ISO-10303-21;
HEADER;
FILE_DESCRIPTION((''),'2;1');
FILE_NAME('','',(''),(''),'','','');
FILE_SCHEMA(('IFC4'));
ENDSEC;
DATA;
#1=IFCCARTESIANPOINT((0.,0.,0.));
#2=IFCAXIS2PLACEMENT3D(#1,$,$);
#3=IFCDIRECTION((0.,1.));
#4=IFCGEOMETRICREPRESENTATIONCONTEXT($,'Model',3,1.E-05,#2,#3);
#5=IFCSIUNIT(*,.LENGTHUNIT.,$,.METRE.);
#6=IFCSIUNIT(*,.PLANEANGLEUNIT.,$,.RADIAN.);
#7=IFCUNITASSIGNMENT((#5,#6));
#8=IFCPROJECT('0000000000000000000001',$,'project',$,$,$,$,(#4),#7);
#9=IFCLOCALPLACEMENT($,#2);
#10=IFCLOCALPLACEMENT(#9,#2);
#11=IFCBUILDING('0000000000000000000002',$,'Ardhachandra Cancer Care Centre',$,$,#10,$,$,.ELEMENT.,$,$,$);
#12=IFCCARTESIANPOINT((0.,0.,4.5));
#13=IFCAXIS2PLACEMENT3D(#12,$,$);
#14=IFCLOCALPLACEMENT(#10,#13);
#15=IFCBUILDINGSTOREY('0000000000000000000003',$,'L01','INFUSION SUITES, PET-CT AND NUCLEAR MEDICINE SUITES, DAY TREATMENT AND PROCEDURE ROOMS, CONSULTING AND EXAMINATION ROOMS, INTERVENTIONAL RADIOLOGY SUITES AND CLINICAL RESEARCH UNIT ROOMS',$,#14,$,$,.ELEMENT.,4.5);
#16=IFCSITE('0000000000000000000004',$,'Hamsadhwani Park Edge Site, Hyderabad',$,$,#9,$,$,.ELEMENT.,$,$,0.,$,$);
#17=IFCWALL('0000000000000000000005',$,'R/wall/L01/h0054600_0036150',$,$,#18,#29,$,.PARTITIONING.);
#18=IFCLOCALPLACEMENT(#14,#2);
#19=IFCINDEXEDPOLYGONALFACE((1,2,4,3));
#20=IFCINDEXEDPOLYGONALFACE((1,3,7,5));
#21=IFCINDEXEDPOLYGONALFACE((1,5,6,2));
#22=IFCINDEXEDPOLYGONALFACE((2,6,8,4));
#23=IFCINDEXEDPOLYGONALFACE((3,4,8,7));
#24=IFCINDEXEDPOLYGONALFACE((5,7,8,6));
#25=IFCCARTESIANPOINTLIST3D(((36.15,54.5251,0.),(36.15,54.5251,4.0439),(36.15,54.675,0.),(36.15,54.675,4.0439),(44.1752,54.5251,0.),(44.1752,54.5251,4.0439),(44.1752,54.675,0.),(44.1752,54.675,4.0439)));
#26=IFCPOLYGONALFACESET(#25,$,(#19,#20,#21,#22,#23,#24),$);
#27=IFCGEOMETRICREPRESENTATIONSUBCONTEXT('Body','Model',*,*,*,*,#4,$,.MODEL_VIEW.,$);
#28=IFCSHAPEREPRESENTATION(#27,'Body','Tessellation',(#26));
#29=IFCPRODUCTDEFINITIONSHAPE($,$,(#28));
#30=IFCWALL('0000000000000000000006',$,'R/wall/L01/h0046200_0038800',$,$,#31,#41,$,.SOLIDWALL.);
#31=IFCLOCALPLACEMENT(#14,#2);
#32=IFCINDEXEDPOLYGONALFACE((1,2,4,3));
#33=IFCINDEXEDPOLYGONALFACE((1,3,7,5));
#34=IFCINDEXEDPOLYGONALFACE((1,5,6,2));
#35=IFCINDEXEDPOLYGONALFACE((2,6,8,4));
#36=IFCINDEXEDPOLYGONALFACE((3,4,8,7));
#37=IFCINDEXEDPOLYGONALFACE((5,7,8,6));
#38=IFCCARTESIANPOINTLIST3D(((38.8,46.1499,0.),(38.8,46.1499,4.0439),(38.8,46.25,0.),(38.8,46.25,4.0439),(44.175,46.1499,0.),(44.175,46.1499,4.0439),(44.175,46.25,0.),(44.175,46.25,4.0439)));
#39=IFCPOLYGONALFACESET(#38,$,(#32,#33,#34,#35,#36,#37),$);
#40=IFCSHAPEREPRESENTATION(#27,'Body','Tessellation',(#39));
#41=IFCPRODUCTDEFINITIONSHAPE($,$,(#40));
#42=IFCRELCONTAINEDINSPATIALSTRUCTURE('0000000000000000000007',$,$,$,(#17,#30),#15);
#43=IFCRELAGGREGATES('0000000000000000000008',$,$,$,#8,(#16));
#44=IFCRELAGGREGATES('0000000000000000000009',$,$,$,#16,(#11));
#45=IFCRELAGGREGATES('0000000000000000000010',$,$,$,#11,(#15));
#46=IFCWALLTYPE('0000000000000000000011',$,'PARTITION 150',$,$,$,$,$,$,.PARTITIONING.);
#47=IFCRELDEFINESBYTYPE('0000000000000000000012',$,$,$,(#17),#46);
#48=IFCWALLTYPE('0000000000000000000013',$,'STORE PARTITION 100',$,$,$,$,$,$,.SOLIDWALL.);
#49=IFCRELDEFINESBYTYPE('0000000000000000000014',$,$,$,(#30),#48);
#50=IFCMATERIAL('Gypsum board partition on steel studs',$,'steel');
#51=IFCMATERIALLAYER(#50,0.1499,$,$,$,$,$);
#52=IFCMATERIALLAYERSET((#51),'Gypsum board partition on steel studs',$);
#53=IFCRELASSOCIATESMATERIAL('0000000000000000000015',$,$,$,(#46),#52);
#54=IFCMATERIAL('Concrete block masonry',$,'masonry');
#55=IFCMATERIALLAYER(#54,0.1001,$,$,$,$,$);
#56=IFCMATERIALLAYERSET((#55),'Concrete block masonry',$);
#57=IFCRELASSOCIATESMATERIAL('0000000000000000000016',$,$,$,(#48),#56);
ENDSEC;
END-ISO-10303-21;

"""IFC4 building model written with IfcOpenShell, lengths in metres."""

from ifc_helpers import new_model, si_unit, direction, frame, frame_2d, origin, place, context, subcontext, project, spatial, rectangle, extrude, material, layer, layer_set, type_object, element, save


model = new_model("IFC4")

# Units and contexts
model_context = context("Model", 3, precision=1e-05, world=origin(), true_north=direction((0.0, 1.0)))
body_context = subcontext(model_context, "Body", "Model", "MODEL_VIEW")
ifc_project = project(units=[si_unit("LENGTHUNIT", "METRE"), si_unit("PLANEANGLEUNIT", "RADIAN")], contexts=[model_context])

# Site, building, storey
site_placement = place(None, origin())
site = spatial("IfcSite", under=ifc_project, at=site_placement, Name="Hamsadhwani Park Edge Site, Hyderabad", CompositionType="ELEMENT", RefElevation=0.0)
building_placement = place(site_placement, origin())
building = spatial("IfcBuilding", under=site, at=building_placement, Name="Ardhachandra Cancer Care Centre", CompositionType="ELEMENT")
storey_placement = place(building_placement, frame((0.0, 0.0, 4.5)))
storey = spatial("IfcBuildingStorey", under=building, at=storey_placement, Name="L01", Description="INFUSION SUITES, PET-CT AND NUCLEAR MEDICINE SUITES, DAY TREATMENT AND PROCEDURE ROOMS, CONSULTING AND EXAMINATION ROOMS, INTERVENTIONAL RADIOLOGY SUITES AND CLINICAL RESEARCH UNIT ROOMS", CompositionType="ELEMENT", Elevation=4.5)

# Walls
ifc_material_1 = material(Name="Gypsum board partition on steel studs", Category="steel")
ifc_layer_1 = layer(ifc_material_1, 0.1499)
ifc_layer_set_1 = layer_set([ifc_layer_1], Name="Gypsum board partition on steel studs")
wall_type_1 = type_object("IfcWallType", Name="PARTITION 150", PredefinedType="PARTITIONING", material=ifc_layer_set_1)
wall_1_placement = place(storey_placement, frame((36.1499, 54.6001, 0.0), z_axis=(0.0, 0.0, 1.0), x_axis=(1.0, 0.0, 0.0)))
element("IfcWall", 1, at=wall_1_placement, inside=storey, type_object=wall_type_1, Name="R/wall/L01/h0054600_0036150", PredefinedType="PARTITIONING", context=body_context, shape_type="SweptSolid", body=[
    extrude(rectangle(XDim=8.0251, YDim=0.1499, at=frame_2d((4.0127, 0.0))), origin(), (0.0, 0.0, 1.0), 4.0439),
])
ifc_material_2 = material(Name="Concrete block masonry", Category="masonry")
ifc_layer_2 = layer(ifc_material_2, 0.1001)
ifc_layer_set_2 = layer_set([ifc_layer_2], Name="Concrete block masonry")
wall_type_2 = type_object("IfcWallType", Name="STORE PARTITION 100", PredefinedType="SOLIDWALL", material=ifc_layer_set_2)
wall_2_placement = place(storey_placement, frame((38.8, 46.2, 0.0), z_axis=(0.0, 0.0, 1.0), x_axis=(1.0, 0.0, 0.0)))
element("IfcWall", 2, at=wall_2_placement, inside=storey, type_object=wall_type_2, Name="R/wall/L01/h0046200_0038800", PredefinedType="SOLIDWALL", context=body_context, shape_type="SweptSolid", body=[
    extrude(rectangle(XDim=5.375, YDim=0.1001, at=frame_2d((2.6875, 0.0))), origin(), (0.0, 0.0, 1.0), 4.0439),
])

save(model, "model.ifc")
